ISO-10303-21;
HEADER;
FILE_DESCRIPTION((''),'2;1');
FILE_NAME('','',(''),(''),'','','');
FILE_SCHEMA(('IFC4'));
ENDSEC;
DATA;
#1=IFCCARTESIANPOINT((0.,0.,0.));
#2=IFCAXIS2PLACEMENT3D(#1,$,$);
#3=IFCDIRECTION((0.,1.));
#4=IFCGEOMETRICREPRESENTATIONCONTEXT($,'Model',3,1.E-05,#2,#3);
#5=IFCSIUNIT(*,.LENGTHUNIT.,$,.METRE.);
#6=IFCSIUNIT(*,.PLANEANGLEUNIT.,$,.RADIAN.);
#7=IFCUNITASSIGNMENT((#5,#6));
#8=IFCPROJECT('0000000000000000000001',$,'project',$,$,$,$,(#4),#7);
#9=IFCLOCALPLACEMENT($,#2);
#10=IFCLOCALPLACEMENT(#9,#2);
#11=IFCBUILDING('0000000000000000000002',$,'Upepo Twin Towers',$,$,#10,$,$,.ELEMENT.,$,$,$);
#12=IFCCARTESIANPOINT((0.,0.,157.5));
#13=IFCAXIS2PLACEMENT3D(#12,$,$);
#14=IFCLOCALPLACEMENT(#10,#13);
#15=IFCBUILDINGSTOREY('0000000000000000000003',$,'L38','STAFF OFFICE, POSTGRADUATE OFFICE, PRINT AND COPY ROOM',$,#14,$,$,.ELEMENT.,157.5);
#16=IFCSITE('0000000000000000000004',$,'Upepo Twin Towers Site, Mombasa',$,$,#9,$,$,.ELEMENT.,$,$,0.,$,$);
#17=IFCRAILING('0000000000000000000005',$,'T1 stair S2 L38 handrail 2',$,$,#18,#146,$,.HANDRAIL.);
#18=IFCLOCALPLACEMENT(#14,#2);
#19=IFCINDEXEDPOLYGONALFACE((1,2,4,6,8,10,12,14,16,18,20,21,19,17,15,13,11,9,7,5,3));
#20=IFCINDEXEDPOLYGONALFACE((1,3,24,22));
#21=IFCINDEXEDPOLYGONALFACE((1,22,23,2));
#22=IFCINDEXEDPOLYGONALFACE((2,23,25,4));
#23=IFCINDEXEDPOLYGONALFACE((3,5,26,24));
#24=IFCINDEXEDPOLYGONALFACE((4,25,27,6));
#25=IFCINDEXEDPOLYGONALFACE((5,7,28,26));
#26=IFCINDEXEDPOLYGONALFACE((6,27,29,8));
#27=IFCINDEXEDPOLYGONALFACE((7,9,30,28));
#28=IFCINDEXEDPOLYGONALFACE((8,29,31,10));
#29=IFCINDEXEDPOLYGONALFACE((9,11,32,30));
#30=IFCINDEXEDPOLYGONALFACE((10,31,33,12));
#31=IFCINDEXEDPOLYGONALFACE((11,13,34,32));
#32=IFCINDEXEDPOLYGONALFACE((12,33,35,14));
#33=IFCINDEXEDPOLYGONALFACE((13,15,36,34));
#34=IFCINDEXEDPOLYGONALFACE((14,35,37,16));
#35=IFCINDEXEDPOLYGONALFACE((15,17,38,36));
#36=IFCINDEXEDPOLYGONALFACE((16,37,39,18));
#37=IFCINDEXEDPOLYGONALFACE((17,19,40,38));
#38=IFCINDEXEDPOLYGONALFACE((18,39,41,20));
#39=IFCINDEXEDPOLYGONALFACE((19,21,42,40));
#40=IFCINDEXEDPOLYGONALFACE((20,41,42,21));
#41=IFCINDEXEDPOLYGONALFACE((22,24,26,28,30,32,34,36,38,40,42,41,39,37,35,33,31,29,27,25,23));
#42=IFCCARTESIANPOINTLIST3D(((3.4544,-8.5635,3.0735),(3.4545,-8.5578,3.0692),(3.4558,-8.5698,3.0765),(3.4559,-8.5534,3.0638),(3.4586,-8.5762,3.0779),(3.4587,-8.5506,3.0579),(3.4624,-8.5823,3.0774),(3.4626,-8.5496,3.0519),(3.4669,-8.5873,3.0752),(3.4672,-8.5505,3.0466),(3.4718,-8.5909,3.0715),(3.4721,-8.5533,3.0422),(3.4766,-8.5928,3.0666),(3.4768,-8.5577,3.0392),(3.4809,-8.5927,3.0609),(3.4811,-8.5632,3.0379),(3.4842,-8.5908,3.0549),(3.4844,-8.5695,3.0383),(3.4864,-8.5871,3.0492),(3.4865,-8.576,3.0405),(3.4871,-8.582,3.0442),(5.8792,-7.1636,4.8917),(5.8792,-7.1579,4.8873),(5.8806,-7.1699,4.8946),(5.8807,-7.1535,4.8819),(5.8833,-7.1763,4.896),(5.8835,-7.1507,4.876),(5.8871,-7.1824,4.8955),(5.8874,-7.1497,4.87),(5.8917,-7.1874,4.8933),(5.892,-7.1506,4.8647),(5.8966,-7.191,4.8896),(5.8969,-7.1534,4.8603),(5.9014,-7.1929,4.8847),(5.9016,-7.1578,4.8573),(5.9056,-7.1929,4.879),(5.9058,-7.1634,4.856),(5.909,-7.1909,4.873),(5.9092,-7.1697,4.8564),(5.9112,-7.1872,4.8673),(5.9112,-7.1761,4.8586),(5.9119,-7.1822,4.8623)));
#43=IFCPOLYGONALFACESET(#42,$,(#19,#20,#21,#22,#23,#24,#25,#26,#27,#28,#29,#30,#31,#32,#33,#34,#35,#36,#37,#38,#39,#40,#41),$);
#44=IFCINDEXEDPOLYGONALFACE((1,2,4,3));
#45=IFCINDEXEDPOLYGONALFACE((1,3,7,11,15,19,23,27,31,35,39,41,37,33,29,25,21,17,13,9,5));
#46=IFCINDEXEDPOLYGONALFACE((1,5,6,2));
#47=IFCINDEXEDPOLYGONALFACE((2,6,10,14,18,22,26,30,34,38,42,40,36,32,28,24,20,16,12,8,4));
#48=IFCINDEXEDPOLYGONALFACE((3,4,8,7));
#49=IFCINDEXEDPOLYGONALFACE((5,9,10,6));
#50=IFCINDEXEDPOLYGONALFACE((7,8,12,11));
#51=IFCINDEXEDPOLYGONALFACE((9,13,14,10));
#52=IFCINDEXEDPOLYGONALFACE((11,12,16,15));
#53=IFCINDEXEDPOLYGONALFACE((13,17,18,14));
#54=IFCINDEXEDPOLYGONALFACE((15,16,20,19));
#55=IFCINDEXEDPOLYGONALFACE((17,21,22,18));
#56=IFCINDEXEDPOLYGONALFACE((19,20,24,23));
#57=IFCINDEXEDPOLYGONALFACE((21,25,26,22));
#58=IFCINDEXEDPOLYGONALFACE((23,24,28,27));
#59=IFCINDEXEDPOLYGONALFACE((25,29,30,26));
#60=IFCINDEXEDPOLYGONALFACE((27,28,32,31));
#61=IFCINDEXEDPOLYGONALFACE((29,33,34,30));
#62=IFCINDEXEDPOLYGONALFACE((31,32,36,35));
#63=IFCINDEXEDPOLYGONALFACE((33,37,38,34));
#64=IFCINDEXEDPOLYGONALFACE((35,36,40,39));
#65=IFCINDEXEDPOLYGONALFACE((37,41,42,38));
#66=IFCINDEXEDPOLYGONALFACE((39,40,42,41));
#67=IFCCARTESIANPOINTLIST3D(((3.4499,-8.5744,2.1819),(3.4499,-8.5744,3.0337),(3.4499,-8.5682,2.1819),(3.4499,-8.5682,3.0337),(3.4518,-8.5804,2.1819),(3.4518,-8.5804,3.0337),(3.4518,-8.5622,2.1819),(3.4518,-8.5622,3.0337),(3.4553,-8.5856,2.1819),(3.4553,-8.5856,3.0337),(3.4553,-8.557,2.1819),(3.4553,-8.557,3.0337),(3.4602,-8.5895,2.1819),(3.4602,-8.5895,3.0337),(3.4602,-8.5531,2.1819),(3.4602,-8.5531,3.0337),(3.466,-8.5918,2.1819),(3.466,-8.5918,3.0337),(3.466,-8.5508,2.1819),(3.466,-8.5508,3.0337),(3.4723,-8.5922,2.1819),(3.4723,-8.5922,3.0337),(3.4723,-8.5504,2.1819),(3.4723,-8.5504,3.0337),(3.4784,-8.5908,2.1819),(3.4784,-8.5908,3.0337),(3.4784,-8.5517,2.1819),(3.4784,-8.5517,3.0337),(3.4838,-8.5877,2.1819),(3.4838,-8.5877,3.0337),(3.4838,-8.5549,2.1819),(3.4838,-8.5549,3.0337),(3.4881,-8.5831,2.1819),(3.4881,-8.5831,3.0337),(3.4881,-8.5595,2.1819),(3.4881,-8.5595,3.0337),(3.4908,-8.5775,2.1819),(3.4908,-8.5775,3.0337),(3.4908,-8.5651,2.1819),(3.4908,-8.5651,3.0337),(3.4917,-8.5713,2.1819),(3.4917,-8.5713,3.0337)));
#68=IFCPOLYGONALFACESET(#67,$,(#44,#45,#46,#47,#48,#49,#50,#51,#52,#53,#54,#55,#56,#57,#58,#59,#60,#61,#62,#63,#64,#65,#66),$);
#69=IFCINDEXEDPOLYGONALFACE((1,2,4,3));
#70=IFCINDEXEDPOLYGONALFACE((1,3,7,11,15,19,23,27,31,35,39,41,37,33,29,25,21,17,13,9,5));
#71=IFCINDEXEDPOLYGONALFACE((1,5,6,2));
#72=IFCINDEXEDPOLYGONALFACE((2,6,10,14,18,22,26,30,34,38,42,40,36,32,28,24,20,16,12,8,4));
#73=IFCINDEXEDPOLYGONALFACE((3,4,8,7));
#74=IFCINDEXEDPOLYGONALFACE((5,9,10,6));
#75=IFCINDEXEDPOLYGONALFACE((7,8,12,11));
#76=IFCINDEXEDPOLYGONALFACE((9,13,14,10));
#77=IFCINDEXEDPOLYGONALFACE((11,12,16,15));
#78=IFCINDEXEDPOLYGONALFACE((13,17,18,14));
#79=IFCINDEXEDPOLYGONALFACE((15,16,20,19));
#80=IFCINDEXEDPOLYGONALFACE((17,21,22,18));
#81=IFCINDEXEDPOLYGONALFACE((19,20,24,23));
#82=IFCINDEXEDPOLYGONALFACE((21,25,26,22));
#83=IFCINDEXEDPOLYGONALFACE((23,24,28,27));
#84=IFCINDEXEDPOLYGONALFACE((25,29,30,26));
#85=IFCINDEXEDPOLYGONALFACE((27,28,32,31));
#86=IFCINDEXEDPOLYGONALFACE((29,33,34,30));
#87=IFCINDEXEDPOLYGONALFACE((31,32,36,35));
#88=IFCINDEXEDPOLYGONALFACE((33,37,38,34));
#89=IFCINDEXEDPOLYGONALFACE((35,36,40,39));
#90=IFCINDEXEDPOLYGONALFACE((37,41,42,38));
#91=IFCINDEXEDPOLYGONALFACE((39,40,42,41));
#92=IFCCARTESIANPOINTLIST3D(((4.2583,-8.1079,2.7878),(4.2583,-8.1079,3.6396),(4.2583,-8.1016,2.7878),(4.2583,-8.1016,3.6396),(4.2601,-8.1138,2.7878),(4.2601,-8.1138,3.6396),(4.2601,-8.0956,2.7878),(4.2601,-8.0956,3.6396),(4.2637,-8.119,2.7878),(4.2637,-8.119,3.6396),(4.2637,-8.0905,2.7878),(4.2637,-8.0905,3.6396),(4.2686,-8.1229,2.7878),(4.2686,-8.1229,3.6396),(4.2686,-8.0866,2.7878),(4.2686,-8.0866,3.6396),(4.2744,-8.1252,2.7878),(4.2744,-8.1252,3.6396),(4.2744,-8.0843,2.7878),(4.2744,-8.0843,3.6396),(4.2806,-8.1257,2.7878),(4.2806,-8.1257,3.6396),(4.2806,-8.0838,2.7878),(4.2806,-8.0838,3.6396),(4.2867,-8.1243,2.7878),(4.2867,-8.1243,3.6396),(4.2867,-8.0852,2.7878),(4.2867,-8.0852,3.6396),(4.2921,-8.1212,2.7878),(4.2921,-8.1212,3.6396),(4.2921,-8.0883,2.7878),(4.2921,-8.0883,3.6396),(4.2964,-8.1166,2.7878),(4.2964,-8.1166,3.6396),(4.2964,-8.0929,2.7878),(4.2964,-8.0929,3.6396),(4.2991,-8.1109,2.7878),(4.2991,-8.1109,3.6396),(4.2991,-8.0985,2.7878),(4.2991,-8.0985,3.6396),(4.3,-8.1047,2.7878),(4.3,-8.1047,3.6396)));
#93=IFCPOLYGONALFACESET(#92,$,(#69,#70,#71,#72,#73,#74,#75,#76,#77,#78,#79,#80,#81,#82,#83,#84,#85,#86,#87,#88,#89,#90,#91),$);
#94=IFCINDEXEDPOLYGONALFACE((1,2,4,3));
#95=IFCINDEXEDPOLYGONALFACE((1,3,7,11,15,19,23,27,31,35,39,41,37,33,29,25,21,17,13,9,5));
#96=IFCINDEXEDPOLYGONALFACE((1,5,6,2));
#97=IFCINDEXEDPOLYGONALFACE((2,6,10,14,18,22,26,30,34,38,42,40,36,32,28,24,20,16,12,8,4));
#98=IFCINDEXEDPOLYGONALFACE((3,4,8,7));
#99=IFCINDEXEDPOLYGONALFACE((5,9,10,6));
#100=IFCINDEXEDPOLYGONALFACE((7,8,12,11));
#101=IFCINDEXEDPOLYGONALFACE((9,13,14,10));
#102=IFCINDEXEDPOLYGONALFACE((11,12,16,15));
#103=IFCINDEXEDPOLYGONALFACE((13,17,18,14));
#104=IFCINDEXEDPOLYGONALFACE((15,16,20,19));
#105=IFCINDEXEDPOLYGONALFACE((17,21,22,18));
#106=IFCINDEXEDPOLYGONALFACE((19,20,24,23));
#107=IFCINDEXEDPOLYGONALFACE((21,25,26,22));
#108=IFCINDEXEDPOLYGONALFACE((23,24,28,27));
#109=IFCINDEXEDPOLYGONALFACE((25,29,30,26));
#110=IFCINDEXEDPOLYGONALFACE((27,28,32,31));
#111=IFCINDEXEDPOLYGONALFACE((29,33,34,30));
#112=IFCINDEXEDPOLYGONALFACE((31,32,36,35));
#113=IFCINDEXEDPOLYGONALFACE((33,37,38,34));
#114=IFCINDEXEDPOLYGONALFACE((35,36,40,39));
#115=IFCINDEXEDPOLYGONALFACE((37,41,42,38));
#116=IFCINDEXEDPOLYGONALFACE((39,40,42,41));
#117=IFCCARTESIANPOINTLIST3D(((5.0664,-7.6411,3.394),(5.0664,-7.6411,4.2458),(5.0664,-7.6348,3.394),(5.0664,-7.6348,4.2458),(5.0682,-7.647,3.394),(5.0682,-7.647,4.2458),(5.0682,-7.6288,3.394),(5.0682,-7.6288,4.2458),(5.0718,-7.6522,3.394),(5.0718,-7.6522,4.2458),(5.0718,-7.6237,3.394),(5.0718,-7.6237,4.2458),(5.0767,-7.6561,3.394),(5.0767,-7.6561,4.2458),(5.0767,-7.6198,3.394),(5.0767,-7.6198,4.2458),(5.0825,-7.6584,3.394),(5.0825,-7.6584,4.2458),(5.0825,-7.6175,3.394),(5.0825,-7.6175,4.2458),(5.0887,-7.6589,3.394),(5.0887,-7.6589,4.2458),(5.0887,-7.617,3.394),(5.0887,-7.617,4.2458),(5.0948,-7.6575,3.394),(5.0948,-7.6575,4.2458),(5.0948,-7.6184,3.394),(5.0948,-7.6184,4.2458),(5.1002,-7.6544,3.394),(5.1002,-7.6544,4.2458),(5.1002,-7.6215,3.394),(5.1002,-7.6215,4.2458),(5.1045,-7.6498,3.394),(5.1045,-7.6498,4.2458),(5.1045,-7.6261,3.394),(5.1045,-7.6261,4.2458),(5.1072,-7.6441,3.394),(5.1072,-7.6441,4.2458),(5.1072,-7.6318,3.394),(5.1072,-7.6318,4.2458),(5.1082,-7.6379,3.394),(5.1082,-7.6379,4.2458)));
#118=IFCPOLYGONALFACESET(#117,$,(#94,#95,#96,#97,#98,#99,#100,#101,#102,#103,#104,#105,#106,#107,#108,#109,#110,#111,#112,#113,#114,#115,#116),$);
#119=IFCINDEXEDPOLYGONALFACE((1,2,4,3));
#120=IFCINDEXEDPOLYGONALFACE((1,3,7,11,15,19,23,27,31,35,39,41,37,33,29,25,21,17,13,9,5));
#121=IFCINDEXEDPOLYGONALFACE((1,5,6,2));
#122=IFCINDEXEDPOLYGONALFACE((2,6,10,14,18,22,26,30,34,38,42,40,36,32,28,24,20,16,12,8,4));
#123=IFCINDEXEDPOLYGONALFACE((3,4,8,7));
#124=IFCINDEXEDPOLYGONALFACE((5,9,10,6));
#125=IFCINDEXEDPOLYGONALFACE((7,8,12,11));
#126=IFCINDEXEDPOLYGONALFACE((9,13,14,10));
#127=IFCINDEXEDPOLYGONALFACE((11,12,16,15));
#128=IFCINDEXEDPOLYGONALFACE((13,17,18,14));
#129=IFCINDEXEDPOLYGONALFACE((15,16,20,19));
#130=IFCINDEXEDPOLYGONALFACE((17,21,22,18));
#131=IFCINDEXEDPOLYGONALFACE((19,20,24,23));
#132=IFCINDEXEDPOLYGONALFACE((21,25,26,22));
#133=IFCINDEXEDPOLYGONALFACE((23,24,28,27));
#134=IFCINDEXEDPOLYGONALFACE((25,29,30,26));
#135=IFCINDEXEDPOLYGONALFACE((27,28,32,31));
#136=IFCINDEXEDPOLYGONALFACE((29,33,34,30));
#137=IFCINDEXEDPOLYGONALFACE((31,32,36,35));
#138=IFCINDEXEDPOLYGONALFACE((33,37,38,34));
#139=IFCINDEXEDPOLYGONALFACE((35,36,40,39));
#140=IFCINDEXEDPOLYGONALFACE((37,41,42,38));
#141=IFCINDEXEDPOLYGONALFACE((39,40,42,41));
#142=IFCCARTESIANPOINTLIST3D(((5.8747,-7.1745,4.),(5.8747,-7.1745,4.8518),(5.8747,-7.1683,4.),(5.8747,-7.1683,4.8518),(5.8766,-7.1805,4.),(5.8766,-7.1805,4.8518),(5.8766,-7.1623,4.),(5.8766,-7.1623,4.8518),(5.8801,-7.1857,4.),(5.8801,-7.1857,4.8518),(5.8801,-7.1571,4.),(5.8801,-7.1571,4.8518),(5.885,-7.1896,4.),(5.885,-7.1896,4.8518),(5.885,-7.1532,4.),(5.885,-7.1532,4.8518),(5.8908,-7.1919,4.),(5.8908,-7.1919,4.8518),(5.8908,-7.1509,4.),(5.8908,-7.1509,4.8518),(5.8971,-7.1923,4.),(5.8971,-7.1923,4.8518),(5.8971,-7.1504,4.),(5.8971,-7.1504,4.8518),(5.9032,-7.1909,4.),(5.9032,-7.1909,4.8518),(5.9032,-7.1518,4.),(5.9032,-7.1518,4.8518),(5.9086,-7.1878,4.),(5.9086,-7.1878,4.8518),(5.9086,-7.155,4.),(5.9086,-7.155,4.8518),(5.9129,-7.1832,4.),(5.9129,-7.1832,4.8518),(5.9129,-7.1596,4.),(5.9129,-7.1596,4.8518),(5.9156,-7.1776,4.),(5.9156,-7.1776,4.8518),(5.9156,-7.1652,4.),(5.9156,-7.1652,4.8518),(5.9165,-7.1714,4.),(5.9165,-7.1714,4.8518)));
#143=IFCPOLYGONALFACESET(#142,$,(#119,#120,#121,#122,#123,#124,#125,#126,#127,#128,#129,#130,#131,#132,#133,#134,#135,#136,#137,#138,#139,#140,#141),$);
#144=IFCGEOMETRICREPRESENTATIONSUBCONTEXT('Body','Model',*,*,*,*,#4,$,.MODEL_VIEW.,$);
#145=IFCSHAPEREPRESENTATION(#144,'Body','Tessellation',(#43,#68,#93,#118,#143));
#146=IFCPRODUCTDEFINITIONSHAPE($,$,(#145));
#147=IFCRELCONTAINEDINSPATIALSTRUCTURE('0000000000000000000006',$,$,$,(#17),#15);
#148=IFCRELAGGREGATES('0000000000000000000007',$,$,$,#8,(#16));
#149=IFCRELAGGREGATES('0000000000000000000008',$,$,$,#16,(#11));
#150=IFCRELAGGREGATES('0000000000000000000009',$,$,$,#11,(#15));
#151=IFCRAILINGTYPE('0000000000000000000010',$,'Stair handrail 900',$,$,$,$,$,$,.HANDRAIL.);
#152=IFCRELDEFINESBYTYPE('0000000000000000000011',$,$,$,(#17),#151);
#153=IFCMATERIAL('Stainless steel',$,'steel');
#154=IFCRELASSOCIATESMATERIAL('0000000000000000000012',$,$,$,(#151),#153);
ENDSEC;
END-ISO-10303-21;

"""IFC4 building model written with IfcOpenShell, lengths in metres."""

from ifc_helpers import new_model, si_unit, direction, frame, origin, origin_2d, place, context, subcontext, project, spatial, circle, extrude, material, type_object, element, save


model = new_model("IFC4")

# Units and contexts
model_context = context("Model", 3, precision=1e-05, world=origin(), true_north=direction((0.0, 1.0)))
body_context = subcontext(model_context, "Body", "Model", "MODEL_VIEW")
ifc_project = project(units=[si_unit("LENGTHUNIT", "METRE"), si_unit("PLANEANGLEUNIT", "RADIAN")], contexts=[model_context])

# Site, building, storey
site_placement = place(None, origin())
site = spatial("IfcSite", under=ifc_project, at=site_placement, Name="Upepo Twin Towers Site, Mombasa", CompositionType="ELEMENT", RefElevation=0.0)
building_placement = place(site_placement, origin())
building = spatial("IfcBuilding", under=site, at=building_placement, Name="Upepo Twin Towers", CompositionType="ELEMENT")
storey_placement = place(building_placement, frame((0.0, 0.0, 157.5)))
storey = spatial("IfcBuildingStorey", under=building, at=storey_placement, Name="L38", Description="STAFF OFFICE, POSTGRADUATE OFFICE, PRINT AND COPY ROOM", CompositionType="ELEMENT", Elevation=157.5)

# Railing
ifc_material_1 = material(Name="Stainless steel", Category="steel")
railing_type = type_object("IfcRailingType", Name="Stair handrail 900", PredefinedType="HANDRAIL", material=ifc_material_1)
railing_1_placement = place(storey_placement, frame((3.4707, -8.5713, 2.1819)))
element("IfcRailing", 1, at=railing_1_placement, inside=storey, type_object=railing_type, Name="T1 stair S2 L38 handrail 2", PredefinedType="HANDRAIL", context=body_context, shape_type="SweptSolid", body=[
    extrude(circle(Radius=0.0239, at=origin_2d()), frame((0.0, 0.0, 0.876), z_axis=(0.726336, 0.419333, 0.544606), x_axis=(-0.499984, 0.866035, 0.0)), (0.0, 0.0, 1.0), 3.3384),
    extrude(circle(Radius=0.021, at=origin_2d()), origin(), (0.0, 0.0, 1.0), 0.8518),
    extrude(circle(Radius=0.021, at=origin_2d()), frame((0.8083, 0.4666, 0.606)), (0.0, 0.0, 1.0), 0.8518),
    extrude(circle(Radius=0.021, at=origin_2d()), frame((1.6165, 0.9333, 1.2122)), (0.0, 0.0, 1.0), 0.8518),
    extrude(circle(Radius=0.021, at=origin_2d()), frame((2.4248, 1.3999, 1.8181)), (0.0, 0.0, 1.0), 0.8518),
])

save(model, "model.ifc")
